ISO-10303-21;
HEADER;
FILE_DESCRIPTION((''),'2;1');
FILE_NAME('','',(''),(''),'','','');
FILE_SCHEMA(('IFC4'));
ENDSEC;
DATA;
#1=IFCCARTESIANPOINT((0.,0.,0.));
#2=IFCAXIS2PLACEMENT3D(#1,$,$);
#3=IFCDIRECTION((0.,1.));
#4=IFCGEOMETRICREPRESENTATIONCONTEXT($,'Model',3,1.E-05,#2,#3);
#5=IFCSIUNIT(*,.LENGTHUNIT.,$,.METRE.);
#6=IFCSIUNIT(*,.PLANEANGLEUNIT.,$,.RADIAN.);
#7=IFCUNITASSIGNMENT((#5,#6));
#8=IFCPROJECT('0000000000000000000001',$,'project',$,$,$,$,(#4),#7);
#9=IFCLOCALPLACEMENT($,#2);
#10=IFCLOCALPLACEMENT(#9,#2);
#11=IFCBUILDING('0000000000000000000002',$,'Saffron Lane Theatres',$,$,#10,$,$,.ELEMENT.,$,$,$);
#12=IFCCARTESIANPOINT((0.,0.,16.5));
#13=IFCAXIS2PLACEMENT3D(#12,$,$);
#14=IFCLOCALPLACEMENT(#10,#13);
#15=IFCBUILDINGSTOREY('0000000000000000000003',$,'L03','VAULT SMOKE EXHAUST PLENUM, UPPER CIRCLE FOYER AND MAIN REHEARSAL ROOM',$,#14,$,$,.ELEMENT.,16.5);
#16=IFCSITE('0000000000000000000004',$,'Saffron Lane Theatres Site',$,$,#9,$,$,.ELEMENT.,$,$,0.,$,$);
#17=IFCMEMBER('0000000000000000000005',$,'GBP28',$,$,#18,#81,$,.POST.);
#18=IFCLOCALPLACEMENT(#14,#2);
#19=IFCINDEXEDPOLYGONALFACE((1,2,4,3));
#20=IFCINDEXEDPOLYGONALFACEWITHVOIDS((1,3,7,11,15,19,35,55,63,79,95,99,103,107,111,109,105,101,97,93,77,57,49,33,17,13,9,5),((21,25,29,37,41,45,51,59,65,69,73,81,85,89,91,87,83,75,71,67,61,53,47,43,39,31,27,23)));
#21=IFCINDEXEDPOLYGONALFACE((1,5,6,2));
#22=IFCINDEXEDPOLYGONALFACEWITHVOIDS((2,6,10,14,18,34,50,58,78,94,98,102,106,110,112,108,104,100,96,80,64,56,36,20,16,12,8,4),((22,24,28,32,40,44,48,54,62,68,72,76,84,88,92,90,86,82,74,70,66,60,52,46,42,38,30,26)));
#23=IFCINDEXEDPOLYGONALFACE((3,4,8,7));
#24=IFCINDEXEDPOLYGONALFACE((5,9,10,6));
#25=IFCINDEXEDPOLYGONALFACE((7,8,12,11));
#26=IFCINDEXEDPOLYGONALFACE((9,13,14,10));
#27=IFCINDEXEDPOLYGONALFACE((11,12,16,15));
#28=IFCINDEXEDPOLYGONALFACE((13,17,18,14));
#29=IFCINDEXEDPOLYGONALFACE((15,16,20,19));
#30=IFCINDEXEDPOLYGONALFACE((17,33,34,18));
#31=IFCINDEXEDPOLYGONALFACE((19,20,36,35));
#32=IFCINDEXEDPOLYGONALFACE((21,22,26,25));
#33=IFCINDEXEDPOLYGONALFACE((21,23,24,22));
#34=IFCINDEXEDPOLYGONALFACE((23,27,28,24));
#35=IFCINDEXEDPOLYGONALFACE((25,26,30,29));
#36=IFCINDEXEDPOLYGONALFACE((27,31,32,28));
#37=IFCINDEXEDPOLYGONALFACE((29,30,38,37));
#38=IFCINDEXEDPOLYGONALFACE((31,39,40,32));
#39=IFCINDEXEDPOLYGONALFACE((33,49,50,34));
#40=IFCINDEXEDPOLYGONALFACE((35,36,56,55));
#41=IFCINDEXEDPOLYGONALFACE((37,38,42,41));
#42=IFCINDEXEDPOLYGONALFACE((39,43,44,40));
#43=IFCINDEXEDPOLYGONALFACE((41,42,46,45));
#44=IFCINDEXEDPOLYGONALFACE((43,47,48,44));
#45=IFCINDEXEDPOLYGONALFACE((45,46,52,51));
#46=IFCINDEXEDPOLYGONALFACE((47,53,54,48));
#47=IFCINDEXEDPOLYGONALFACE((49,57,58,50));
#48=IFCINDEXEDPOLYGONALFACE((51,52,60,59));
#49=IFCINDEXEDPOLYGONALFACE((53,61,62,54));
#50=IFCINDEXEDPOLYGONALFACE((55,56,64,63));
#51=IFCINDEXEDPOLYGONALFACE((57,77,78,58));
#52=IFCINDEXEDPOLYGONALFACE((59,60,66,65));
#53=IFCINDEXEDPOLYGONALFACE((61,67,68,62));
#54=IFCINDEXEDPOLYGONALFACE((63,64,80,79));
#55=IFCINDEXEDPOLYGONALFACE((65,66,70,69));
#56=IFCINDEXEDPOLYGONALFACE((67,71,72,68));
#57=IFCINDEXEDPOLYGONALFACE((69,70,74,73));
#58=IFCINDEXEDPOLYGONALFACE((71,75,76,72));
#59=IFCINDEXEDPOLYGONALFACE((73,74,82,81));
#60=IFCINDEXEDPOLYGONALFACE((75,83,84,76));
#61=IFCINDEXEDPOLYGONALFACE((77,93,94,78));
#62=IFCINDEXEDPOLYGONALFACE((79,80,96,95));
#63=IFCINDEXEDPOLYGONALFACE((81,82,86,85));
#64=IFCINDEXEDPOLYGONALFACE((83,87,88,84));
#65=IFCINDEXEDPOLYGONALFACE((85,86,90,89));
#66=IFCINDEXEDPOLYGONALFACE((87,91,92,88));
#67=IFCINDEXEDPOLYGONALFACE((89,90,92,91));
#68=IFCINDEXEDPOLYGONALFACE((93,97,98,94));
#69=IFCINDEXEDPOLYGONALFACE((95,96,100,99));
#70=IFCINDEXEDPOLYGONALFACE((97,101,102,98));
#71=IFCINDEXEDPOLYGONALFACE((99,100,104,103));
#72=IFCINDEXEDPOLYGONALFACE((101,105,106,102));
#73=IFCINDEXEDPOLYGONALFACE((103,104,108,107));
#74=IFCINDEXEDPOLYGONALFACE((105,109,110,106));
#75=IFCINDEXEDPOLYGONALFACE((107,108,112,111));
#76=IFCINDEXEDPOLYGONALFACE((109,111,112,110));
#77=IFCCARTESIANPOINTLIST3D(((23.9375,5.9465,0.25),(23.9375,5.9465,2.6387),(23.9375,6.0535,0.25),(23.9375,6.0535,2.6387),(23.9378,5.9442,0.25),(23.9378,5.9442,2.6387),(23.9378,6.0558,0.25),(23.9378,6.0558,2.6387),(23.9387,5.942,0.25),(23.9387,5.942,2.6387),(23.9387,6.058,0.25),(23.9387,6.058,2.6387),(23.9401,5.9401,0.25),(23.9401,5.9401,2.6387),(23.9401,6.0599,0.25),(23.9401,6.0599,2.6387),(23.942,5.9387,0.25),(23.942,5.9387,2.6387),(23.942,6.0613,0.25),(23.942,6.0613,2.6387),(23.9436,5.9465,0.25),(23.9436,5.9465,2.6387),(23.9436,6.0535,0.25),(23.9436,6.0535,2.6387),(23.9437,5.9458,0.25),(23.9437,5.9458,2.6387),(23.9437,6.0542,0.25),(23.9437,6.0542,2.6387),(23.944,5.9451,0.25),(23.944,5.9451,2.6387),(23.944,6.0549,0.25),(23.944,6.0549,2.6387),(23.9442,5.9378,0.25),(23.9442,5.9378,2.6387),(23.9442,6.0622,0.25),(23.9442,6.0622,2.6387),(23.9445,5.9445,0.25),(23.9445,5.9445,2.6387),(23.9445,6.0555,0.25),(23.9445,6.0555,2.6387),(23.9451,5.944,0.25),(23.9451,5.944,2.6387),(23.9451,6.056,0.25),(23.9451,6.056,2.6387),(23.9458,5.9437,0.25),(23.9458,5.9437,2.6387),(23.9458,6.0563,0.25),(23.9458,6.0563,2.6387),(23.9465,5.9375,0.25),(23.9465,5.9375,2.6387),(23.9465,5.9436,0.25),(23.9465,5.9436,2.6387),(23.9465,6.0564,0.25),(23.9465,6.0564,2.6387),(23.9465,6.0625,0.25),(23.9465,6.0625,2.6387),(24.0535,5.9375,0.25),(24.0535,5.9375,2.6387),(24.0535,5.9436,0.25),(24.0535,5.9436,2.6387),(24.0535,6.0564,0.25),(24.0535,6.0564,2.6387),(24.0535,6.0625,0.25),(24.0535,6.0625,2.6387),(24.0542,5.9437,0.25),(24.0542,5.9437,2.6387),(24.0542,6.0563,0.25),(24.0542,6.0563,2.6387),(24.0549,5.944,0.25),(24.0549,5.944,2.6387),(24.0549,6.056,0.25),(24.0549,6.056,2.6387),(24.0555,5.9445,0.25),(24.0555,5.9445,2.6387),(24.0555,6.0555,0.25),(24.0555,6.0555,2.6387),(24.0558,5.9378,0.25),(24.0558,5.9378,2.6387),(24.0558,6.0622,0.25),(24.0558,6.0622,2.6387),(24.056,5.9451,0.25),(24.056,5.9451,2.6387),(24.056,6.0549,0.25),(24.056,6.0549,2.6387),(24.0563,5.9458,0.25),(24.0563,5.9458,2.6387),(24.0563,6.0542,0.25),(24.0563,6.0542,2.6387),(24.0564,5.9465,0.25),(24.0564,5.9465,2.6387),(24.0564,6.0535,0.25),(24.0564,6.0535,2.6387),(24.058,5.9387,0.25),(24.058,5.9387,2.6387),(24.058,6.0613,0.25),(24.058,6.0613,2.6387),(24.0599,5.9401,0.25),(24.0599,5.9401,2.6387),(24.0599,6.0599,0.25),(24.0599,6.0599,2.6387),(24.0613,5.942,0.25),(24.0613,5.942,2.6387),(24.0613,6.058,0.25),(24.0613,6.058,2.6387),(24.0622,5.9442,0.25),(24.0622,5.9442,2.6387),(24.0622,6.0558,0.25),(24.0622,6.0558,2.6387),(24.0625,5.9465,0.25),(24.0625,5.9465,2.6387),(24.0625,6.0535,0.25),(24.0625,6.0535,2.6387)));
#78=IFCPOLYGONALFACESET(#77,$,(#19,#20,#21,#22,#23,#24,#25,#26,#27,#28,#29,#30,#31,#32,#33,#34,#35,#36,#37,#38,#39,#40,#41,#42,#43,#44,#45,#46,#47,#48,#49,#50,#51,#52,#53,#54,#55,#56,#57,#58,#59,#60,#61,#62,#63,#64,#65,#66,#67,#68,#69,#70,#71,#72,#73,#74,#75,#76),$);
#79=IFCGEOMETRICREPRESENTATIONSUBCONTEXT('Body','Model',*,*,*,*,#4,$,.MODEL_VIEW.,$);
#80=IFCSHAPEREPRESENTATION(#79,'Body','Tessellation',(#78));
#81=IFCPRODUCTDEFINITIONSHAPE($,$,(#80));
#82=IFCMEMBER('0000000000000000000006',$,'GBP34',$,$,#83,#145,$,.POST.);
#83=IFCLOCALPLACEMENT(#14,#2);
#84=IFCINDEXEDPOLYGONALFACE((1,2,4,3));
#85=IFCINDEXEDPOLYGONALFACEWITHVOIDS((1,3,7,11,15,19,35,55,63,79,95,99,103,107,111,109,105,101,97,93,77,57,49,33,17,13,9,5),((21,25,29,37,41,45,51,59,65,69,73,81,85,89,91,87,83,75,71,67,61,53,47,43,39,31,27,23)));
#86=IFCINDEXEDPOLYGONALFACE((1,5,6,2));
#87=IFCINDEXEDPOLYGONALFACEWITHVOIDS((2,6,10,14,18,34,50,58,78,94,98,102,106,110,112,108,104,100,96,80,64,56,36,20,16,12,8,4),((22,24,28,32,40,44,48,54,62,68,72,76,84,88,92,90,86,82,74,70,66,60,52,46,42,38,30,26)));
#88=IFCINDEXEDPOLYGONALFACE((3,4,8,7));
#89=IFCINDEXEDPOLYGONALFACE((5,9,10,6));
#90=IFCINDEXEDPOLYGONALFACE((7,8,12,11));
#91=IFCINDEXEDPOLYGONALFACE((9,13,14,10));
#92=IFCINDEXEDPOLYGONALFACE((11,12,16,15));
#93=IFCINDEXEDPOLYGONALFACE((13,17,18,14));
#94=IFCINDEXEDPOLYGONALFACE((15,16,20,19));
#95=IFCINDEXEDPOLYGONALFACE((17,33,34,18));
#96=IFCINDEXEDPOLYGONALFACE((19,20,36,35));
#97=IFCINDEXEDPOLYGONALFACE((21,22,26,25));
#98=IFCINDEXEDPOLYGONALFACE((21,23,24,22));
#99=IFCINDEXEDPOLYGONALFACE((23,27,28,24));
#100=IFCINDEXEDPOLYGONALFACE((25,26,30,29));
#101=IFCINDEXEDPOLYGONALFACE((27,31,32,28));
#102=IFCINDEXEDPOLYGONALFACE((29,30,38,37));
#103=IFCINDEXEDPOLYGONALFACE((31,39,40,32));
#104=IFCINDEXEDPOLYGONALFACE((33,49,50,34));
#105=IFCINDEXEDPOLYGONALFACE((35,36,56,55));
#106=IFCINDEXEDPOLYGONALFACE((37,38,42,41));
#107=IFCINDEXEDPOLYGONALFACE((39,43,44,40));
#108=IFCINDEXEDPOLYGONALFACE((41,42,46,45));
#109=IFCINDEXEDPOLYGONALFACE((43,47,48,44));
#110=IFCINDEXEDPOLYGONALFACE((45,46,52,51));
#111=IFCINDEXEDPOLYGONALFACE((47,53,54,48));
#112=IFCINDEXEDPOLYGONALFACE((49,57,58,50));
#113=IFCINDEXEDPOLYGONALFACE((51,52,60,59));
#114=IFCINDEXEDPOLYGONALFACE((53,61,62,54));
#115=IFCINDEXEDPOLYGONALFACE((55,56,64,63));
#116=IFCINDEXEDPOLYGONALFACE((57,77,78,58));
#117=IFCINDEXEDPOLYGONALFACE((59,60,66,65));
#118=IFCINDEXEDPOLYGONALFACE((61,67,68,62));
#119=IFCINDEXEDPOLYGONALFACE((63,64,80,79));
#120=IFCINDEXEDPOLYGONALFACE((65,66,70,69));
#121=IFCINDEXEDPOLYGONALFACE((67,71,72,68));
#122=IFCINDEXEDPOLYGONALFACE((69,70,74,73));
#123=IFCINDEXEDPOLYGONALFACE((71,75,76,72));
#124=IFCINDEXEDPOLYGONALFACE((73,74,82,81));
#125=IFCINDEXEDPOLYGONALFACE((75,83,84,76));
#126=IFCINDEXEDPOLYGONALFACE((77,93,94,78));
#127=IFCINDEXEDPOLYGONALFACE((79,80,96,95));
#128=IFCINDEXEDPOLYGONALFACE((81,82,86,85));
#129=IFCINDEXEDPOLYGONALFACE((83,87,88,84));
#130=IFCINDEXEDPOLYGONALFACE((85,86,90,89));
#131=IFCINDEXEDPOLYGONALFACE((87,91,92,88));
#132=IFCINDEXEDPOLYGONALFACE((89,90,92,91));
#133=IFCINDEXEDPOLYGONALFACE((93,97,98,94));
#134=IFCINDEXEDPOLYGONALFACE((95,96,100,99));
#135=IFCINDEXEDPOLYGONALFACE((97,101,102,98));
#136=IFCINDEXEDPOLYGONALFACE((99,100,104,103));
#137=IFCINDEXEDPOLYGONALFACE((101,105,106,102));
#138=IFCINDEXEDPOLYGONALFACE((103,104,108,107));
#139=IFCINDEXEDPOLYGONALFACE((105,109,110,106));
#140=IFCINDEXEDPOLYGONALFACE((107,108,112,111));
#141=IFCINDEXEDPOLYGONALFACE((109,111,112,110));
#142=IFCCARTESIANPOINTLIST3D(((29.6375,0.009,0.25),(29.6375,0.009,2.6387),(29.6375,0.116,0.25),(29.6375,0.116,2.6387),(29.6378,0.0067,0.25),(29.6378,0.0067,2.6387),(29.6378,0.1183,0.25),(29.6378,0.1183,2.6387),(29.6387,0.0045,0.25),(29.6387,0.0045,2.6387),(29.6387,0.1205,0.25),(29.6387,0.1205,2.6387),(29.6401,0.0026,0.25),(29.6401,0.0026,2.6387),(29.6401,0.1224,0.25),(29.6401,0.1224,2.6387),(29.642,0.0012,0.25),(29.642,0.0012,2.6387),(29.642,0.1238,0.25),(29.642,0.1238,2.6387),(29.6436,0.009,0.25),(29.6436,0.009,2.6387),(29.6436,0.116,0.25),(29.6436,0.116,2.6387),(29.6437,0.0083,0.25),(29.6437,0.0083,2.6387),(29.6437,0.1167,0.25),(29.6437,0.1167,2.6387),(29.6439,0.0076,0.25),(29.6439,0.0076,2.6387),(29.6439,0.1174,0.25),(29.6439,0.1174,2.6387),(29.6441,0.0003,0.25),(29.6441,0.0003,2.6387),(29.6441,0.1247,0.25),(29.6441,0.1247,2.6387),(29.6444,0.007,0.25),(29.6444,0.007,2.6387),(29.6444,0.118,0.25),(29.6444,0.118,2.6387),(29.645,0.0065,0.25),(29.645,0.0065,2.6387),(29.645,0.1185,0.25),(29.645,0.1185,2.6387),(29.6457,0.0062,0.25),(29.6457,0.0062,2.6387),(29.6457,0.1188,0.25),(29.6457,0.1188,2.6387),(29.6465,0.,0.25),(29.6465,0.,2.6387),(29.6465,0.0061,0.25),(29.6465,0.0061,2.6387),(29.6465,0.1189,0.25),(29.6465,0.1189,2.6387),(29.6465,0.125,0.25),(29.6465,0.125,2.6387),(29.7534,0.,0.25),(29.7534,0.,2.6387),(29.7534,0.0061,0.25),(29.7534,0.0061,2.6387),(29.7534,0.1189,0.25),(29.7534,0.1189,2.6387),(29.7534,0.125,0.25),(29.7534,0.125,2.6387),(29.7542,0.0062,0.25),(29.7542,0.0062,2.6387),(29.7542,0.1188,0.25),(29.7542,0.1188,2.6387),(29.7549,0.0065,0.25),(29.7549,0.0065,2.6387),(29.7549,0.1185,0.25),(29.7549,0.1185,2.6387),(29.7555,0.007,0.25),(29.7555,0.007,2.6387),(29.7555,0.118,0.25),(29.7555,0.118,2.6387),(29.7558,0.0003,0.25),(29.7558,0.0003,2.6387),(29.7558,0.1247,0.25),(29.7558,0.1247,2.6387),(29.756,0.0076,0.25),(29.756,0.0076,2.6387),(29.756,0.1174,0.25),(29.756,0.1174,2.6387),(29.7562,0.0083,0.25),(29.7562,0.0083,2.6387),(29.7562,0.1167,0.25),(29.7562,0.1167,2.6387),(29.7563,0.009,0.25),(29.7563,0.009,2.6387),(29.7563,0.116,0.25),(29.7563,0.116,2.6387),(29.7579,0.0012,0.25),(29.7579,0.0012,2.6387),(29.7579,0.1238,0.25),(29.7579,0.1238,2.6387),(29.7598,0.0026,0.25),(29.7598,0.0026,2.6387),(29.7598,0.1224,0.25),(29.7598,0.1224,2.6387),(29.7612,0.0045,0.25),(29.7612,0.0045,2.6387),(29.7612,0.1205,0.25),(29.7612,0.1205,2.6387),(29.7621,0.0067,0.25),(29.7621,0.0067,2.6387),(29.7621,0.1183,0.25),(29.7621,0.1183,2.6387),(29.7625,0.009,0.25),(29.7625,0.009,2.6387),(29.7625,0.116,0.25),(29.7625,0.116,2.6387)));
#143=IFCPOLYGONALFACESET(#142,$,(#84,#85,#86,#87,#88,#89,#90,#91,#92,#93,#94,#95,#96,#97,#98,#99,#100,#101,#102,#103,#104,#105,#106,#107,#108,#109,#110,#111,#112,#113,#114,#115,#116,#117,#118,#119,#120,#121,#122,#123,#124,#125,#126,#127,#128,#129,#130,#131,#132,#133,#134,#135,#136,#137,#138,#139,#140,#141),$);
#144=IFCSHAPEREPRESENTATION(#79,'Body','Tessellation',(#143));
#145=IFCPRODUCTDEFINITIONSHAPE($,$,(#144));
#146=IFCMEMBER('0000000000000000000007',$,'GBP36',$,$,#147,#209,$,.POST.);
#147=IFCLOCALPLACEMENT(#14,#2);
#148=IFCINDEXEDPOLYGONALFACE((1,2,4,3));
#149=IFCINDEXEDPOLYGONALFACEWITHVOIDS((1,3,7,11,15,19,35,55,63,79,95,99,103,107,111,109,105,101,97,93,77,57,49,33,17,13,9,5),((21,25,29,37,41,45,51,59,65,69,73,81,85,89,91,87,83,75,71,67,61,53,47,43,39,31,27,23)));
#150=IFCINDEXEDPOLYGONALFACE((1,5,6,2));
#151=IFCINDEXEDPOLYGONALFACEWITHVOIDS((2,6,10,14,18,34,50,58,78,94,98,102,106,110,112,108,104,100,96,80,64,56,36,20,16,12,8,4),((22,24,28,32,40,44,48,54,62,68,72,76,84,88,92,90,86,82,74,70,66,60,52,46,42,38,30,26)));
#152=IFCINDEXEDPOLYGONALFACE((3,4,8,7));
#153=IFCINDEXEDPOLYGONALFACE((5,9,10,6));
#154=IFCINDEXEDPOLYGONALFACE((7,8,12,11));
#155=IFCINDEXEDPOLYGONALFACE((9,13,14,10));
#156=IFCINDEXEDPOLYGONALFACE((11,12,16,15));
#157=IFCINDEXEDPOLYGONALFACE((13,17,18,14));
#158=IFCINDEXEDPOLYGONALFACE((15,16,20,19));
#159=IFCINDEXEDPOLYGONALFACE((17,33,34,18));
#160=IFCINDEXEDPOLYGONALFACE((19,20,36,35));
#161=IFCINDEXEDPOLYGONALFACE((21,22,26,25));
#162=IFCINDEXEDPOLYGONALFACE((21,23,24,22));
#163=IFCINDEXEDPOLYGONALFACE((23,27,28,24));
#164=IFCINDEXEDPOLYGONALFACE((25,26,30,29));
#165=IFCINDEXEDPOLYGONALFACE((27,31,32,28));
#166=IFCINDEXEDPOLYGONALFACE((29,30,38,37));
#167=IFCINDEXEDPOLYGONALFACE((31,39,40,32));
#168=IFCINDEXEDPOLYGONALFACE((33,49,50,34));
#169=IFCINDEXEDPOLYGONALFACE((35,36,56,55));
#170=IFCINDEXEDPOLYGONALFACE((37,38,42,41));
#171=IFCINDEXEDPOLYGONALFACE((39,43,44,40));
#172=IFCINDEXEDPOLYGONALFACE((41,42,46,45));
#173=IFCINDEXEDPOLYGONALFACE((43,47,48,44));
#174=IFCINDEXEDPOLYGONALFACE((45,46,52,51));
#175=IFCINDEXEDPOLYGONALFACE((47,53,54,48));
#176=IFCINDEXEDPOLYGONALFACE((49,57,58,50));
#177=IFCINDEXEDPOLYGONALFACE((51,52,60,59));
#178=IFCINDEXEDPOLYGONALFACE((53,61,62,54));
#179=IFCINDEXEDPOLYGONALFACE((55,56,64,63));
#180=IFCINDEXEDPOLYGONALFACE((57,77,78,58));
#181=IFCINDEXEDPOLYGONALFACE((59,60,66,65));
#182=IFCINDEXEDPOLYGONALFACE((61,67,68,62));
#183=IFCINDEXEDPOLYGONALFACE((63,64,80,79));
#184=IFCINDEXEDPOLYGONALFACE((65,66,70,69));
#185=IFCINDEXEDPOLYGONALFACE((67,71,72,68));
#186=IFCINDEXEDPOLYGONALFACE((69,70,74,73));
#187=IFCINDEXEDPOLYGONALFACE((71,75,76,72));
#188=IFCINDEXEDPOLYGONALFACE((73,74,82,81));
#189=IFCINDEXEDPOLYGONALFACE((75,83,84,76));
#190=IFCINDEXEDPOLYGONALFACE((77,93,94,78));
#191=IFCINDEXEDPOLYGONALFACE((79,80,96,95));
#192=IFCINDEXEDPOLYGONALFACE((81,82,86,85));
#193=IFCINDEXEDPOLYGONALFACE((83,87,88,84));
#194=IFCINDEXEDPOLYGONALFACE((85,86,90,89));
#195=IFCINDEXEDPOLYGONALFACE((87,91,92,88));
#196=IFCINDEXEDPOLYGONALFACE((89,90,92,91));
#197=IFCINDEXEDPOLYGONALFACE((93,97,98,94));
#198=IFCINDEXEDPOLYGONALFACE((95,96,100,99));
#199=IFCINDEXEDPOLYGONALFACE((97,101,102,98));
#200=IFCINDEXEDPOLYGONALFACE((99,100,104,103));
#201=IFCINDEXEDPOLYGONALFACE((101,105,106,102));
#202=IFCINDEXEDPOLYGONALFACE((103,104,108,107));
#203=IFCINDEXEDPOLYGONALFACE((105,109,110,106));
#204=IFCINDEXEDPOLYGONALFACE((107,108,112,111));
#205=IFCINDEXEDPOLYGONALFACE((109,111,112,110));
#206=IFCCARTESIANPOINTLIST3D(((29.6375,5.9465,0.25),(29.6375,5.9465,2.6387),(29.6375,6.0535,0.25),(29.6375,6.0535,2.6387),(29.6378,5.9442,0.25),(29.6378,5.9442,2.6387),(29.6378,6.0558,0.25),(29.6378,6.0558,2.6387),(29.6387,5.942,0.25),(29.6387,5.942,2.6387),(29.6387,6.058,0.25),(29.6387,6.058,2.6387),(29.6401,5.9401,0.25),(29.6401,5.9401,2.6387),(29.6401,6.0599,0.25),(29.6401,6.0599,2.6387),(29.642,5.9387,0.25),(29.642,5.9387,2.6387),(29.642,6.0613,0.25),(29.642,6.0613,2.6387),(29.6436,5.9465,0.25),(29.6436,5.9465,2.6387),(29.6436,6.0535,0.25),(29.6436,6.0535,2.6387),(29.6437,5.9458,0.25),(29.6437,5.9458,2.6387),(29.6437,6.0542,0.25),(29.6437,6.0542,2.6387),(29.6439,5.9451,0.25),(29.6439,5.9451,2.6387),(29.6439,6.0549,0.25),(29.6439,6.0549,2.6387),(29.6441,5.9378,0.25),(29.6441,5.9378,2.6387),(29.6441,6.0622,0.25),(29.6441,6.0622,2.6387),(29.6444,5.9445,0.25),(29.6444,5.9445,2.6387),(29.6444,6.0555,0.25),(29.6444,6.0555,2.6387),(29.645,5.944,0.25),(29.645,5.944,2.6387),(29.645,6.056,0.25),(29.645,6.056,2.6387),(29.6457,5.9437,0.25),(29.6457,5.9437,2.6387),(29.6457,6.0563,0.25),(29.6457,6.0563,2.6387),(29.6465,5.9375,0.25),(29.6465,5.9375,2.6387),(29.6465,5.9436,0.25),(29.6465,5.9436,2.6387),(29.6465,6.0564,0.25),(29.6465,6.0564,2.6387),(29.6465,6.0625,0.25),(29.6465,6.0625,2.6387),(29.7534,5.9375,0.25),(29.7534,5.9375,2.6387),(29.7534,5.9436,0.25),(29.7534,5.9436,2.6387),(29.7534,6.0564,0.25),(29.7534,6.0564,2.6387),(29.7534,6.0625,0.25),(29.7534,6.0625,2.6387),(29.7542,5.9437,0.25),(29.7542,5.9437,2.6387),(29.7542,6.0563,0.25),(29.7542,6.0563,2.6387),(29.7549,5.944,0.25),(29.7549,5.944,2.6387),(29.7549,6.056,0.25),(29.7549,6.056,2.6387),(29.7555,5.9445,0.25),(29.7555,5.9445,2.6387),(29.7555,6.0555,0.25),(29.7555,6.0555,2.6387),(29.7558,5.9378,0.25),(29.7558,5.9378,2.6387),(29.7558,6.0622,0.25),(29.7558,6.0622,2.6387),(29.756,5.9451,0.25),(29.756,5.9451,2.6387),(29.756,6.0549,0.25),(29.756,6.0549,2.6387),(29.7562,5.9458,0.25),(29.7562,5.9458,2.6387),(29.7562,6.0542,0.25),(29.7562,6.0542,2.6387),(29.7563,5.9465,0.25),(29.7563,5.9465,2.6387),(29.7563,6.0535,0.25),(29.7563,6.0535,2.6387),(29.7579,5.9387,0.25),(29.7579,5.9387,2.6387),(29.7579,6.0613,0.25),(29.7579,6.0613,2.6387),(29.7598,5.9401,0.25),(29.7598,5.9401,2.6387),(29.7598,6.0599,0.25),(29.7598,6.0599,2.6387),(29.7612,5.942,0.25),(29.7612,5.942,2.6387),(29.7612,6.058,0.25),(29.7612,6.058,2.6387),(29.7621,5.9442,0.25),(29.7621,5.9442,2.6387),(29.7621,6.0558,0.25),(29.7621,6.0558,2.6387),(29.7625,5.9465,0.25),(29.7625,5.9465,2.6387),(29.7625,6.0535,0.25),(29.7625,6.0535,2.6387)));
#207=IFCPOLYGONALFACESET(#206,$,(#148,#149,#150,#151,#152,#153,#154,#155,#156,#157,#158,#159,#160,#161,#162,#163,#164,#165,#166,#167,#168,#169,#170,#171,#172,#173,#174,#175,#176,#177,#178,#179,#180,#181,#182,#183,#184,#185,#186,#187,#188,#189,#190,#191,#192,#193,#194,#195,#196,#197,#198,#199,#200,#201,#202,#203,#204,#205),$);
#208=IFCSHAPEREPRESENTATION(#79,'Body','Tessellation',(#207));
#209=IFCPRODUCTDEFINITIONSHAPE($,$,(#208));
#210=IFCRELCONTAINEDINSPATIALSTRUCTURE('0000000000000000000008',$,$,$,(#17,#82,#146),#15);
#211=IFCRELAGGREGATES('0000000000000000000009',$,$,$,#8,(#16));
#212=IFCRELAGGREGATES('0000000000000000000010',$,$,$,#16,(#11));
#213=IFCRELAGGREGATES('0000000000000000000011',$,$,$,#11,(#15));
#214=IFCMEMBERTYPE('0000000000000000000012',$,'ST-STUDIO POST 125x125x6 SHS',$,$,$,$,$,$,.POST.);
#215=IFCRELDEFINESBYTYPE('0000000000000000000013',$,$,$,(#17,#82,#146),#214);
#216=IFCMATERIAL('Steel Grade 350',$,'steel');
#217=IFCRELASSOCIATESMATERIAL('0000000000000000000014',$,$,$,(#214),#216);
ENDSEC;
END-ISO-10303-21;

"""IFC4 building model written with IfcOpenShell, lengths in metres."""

from ifc_helpers import new_model, si_unit, direction, frame, origin, origin_2d, place, context, subcontext, project, spatial, hollow_rectangle, extrude, material, material_profile, profile_set, type_object, element, save


model = new_model("IFC4")

# Units and contexts
model_context = context("Model", 3, precision=1e-05, world=origin(), true_north=direction((0.0, 1.0)))
body_context = subcontext(model_context, "Body", "Model", "MODEL_VIEW")
ifc_project = project(units=[si_unit("LENGTHUNIT", "METRE"), si_unit("PLANEANGLEUNIT", "RADIAN")], contexts=[model_context])

# Site, building, storey
site_placement = place(None, origin())
site = spatial("IfcSite", under=ifc_project, at=site_placement, Name="Saffron Lane Theatres Site", CompositionType="ELEMENT", RefElevation=0.0)
building_placement = place(site_placement, origin())
building = spatial("IfcBuilding", under=site, at=building_placement, Name="Saffron Lane Theatres", CompositionType="ELEMENT")
storey_placement = place(building_placement, frame((0.0, 0.0, 16.5)))
storey = spatial("IfcBuildingStorey", under=building, at=storey_placement, Name="L03", Description="VAULT SMOKE EXHAUST PLENUM, UPPER CIRCLE FOYER AND MAIN REHEARSAL ROOM", CompositionType="ELEMENT", Elevation=16.5)

# Members
ifc_material_1 = material(Name="Steel Grade 350", Category="steel")
ifc_material_profile_1 = material_profile(ifc_material_1, hollow_rectangle(XDim=0.125, YDim=0.125, WallThickness=0.0061, InnerFilletRadius=0.0029, OuterFilletRadius=0.009, at=origin_2d()))
ifc_profile_set_1 = profile_set([ifc_material_profile_1], Name="Steel Grade 350")
member_type_1 = type_object("IfcMemberType", Name="ST-STUDIO POST 125x125x6 SHS", PredefinedType="POST", material=ifc_profile_set_1)
for number, where, z_axis, x_axis, name in (
    (1, (24.0, 6.0, 0.25), (0.0, 0.0, 1.0), (1.0, 0.0, 0.0), "GBP28"),
    (2, (29.7, 0.0625, 0.25), (0.0, 0.0, 1.0), (1.0, 0.0, 0.0), "GBP34"),
    (3, (29.7, 6.0, 0.25), (0.0, 0.0, 1.0), (1.0, 0.0, 0.0), "GBP36"),
):
    element("IfcMember", number, at=place(storey_placement, frame(where, z_axis=z_axis, x_axis=x_axis)), inside=storey, type_object=member_type_1, Name=name, PredefinedType="POST", context=body_context, shape_type="SweptSolid", body=[
        extrude(hollow_rectangle(XDim=0.125, YDim=0.125, WallThickness=0.0061, InnerFilletRadius=0.0029, OuterFilletRadius=0.009, at=origin_2d()), origin(), (0.0, 0.0, 1.0), 2.3887),
    ])

save(model, "model.ifc")
